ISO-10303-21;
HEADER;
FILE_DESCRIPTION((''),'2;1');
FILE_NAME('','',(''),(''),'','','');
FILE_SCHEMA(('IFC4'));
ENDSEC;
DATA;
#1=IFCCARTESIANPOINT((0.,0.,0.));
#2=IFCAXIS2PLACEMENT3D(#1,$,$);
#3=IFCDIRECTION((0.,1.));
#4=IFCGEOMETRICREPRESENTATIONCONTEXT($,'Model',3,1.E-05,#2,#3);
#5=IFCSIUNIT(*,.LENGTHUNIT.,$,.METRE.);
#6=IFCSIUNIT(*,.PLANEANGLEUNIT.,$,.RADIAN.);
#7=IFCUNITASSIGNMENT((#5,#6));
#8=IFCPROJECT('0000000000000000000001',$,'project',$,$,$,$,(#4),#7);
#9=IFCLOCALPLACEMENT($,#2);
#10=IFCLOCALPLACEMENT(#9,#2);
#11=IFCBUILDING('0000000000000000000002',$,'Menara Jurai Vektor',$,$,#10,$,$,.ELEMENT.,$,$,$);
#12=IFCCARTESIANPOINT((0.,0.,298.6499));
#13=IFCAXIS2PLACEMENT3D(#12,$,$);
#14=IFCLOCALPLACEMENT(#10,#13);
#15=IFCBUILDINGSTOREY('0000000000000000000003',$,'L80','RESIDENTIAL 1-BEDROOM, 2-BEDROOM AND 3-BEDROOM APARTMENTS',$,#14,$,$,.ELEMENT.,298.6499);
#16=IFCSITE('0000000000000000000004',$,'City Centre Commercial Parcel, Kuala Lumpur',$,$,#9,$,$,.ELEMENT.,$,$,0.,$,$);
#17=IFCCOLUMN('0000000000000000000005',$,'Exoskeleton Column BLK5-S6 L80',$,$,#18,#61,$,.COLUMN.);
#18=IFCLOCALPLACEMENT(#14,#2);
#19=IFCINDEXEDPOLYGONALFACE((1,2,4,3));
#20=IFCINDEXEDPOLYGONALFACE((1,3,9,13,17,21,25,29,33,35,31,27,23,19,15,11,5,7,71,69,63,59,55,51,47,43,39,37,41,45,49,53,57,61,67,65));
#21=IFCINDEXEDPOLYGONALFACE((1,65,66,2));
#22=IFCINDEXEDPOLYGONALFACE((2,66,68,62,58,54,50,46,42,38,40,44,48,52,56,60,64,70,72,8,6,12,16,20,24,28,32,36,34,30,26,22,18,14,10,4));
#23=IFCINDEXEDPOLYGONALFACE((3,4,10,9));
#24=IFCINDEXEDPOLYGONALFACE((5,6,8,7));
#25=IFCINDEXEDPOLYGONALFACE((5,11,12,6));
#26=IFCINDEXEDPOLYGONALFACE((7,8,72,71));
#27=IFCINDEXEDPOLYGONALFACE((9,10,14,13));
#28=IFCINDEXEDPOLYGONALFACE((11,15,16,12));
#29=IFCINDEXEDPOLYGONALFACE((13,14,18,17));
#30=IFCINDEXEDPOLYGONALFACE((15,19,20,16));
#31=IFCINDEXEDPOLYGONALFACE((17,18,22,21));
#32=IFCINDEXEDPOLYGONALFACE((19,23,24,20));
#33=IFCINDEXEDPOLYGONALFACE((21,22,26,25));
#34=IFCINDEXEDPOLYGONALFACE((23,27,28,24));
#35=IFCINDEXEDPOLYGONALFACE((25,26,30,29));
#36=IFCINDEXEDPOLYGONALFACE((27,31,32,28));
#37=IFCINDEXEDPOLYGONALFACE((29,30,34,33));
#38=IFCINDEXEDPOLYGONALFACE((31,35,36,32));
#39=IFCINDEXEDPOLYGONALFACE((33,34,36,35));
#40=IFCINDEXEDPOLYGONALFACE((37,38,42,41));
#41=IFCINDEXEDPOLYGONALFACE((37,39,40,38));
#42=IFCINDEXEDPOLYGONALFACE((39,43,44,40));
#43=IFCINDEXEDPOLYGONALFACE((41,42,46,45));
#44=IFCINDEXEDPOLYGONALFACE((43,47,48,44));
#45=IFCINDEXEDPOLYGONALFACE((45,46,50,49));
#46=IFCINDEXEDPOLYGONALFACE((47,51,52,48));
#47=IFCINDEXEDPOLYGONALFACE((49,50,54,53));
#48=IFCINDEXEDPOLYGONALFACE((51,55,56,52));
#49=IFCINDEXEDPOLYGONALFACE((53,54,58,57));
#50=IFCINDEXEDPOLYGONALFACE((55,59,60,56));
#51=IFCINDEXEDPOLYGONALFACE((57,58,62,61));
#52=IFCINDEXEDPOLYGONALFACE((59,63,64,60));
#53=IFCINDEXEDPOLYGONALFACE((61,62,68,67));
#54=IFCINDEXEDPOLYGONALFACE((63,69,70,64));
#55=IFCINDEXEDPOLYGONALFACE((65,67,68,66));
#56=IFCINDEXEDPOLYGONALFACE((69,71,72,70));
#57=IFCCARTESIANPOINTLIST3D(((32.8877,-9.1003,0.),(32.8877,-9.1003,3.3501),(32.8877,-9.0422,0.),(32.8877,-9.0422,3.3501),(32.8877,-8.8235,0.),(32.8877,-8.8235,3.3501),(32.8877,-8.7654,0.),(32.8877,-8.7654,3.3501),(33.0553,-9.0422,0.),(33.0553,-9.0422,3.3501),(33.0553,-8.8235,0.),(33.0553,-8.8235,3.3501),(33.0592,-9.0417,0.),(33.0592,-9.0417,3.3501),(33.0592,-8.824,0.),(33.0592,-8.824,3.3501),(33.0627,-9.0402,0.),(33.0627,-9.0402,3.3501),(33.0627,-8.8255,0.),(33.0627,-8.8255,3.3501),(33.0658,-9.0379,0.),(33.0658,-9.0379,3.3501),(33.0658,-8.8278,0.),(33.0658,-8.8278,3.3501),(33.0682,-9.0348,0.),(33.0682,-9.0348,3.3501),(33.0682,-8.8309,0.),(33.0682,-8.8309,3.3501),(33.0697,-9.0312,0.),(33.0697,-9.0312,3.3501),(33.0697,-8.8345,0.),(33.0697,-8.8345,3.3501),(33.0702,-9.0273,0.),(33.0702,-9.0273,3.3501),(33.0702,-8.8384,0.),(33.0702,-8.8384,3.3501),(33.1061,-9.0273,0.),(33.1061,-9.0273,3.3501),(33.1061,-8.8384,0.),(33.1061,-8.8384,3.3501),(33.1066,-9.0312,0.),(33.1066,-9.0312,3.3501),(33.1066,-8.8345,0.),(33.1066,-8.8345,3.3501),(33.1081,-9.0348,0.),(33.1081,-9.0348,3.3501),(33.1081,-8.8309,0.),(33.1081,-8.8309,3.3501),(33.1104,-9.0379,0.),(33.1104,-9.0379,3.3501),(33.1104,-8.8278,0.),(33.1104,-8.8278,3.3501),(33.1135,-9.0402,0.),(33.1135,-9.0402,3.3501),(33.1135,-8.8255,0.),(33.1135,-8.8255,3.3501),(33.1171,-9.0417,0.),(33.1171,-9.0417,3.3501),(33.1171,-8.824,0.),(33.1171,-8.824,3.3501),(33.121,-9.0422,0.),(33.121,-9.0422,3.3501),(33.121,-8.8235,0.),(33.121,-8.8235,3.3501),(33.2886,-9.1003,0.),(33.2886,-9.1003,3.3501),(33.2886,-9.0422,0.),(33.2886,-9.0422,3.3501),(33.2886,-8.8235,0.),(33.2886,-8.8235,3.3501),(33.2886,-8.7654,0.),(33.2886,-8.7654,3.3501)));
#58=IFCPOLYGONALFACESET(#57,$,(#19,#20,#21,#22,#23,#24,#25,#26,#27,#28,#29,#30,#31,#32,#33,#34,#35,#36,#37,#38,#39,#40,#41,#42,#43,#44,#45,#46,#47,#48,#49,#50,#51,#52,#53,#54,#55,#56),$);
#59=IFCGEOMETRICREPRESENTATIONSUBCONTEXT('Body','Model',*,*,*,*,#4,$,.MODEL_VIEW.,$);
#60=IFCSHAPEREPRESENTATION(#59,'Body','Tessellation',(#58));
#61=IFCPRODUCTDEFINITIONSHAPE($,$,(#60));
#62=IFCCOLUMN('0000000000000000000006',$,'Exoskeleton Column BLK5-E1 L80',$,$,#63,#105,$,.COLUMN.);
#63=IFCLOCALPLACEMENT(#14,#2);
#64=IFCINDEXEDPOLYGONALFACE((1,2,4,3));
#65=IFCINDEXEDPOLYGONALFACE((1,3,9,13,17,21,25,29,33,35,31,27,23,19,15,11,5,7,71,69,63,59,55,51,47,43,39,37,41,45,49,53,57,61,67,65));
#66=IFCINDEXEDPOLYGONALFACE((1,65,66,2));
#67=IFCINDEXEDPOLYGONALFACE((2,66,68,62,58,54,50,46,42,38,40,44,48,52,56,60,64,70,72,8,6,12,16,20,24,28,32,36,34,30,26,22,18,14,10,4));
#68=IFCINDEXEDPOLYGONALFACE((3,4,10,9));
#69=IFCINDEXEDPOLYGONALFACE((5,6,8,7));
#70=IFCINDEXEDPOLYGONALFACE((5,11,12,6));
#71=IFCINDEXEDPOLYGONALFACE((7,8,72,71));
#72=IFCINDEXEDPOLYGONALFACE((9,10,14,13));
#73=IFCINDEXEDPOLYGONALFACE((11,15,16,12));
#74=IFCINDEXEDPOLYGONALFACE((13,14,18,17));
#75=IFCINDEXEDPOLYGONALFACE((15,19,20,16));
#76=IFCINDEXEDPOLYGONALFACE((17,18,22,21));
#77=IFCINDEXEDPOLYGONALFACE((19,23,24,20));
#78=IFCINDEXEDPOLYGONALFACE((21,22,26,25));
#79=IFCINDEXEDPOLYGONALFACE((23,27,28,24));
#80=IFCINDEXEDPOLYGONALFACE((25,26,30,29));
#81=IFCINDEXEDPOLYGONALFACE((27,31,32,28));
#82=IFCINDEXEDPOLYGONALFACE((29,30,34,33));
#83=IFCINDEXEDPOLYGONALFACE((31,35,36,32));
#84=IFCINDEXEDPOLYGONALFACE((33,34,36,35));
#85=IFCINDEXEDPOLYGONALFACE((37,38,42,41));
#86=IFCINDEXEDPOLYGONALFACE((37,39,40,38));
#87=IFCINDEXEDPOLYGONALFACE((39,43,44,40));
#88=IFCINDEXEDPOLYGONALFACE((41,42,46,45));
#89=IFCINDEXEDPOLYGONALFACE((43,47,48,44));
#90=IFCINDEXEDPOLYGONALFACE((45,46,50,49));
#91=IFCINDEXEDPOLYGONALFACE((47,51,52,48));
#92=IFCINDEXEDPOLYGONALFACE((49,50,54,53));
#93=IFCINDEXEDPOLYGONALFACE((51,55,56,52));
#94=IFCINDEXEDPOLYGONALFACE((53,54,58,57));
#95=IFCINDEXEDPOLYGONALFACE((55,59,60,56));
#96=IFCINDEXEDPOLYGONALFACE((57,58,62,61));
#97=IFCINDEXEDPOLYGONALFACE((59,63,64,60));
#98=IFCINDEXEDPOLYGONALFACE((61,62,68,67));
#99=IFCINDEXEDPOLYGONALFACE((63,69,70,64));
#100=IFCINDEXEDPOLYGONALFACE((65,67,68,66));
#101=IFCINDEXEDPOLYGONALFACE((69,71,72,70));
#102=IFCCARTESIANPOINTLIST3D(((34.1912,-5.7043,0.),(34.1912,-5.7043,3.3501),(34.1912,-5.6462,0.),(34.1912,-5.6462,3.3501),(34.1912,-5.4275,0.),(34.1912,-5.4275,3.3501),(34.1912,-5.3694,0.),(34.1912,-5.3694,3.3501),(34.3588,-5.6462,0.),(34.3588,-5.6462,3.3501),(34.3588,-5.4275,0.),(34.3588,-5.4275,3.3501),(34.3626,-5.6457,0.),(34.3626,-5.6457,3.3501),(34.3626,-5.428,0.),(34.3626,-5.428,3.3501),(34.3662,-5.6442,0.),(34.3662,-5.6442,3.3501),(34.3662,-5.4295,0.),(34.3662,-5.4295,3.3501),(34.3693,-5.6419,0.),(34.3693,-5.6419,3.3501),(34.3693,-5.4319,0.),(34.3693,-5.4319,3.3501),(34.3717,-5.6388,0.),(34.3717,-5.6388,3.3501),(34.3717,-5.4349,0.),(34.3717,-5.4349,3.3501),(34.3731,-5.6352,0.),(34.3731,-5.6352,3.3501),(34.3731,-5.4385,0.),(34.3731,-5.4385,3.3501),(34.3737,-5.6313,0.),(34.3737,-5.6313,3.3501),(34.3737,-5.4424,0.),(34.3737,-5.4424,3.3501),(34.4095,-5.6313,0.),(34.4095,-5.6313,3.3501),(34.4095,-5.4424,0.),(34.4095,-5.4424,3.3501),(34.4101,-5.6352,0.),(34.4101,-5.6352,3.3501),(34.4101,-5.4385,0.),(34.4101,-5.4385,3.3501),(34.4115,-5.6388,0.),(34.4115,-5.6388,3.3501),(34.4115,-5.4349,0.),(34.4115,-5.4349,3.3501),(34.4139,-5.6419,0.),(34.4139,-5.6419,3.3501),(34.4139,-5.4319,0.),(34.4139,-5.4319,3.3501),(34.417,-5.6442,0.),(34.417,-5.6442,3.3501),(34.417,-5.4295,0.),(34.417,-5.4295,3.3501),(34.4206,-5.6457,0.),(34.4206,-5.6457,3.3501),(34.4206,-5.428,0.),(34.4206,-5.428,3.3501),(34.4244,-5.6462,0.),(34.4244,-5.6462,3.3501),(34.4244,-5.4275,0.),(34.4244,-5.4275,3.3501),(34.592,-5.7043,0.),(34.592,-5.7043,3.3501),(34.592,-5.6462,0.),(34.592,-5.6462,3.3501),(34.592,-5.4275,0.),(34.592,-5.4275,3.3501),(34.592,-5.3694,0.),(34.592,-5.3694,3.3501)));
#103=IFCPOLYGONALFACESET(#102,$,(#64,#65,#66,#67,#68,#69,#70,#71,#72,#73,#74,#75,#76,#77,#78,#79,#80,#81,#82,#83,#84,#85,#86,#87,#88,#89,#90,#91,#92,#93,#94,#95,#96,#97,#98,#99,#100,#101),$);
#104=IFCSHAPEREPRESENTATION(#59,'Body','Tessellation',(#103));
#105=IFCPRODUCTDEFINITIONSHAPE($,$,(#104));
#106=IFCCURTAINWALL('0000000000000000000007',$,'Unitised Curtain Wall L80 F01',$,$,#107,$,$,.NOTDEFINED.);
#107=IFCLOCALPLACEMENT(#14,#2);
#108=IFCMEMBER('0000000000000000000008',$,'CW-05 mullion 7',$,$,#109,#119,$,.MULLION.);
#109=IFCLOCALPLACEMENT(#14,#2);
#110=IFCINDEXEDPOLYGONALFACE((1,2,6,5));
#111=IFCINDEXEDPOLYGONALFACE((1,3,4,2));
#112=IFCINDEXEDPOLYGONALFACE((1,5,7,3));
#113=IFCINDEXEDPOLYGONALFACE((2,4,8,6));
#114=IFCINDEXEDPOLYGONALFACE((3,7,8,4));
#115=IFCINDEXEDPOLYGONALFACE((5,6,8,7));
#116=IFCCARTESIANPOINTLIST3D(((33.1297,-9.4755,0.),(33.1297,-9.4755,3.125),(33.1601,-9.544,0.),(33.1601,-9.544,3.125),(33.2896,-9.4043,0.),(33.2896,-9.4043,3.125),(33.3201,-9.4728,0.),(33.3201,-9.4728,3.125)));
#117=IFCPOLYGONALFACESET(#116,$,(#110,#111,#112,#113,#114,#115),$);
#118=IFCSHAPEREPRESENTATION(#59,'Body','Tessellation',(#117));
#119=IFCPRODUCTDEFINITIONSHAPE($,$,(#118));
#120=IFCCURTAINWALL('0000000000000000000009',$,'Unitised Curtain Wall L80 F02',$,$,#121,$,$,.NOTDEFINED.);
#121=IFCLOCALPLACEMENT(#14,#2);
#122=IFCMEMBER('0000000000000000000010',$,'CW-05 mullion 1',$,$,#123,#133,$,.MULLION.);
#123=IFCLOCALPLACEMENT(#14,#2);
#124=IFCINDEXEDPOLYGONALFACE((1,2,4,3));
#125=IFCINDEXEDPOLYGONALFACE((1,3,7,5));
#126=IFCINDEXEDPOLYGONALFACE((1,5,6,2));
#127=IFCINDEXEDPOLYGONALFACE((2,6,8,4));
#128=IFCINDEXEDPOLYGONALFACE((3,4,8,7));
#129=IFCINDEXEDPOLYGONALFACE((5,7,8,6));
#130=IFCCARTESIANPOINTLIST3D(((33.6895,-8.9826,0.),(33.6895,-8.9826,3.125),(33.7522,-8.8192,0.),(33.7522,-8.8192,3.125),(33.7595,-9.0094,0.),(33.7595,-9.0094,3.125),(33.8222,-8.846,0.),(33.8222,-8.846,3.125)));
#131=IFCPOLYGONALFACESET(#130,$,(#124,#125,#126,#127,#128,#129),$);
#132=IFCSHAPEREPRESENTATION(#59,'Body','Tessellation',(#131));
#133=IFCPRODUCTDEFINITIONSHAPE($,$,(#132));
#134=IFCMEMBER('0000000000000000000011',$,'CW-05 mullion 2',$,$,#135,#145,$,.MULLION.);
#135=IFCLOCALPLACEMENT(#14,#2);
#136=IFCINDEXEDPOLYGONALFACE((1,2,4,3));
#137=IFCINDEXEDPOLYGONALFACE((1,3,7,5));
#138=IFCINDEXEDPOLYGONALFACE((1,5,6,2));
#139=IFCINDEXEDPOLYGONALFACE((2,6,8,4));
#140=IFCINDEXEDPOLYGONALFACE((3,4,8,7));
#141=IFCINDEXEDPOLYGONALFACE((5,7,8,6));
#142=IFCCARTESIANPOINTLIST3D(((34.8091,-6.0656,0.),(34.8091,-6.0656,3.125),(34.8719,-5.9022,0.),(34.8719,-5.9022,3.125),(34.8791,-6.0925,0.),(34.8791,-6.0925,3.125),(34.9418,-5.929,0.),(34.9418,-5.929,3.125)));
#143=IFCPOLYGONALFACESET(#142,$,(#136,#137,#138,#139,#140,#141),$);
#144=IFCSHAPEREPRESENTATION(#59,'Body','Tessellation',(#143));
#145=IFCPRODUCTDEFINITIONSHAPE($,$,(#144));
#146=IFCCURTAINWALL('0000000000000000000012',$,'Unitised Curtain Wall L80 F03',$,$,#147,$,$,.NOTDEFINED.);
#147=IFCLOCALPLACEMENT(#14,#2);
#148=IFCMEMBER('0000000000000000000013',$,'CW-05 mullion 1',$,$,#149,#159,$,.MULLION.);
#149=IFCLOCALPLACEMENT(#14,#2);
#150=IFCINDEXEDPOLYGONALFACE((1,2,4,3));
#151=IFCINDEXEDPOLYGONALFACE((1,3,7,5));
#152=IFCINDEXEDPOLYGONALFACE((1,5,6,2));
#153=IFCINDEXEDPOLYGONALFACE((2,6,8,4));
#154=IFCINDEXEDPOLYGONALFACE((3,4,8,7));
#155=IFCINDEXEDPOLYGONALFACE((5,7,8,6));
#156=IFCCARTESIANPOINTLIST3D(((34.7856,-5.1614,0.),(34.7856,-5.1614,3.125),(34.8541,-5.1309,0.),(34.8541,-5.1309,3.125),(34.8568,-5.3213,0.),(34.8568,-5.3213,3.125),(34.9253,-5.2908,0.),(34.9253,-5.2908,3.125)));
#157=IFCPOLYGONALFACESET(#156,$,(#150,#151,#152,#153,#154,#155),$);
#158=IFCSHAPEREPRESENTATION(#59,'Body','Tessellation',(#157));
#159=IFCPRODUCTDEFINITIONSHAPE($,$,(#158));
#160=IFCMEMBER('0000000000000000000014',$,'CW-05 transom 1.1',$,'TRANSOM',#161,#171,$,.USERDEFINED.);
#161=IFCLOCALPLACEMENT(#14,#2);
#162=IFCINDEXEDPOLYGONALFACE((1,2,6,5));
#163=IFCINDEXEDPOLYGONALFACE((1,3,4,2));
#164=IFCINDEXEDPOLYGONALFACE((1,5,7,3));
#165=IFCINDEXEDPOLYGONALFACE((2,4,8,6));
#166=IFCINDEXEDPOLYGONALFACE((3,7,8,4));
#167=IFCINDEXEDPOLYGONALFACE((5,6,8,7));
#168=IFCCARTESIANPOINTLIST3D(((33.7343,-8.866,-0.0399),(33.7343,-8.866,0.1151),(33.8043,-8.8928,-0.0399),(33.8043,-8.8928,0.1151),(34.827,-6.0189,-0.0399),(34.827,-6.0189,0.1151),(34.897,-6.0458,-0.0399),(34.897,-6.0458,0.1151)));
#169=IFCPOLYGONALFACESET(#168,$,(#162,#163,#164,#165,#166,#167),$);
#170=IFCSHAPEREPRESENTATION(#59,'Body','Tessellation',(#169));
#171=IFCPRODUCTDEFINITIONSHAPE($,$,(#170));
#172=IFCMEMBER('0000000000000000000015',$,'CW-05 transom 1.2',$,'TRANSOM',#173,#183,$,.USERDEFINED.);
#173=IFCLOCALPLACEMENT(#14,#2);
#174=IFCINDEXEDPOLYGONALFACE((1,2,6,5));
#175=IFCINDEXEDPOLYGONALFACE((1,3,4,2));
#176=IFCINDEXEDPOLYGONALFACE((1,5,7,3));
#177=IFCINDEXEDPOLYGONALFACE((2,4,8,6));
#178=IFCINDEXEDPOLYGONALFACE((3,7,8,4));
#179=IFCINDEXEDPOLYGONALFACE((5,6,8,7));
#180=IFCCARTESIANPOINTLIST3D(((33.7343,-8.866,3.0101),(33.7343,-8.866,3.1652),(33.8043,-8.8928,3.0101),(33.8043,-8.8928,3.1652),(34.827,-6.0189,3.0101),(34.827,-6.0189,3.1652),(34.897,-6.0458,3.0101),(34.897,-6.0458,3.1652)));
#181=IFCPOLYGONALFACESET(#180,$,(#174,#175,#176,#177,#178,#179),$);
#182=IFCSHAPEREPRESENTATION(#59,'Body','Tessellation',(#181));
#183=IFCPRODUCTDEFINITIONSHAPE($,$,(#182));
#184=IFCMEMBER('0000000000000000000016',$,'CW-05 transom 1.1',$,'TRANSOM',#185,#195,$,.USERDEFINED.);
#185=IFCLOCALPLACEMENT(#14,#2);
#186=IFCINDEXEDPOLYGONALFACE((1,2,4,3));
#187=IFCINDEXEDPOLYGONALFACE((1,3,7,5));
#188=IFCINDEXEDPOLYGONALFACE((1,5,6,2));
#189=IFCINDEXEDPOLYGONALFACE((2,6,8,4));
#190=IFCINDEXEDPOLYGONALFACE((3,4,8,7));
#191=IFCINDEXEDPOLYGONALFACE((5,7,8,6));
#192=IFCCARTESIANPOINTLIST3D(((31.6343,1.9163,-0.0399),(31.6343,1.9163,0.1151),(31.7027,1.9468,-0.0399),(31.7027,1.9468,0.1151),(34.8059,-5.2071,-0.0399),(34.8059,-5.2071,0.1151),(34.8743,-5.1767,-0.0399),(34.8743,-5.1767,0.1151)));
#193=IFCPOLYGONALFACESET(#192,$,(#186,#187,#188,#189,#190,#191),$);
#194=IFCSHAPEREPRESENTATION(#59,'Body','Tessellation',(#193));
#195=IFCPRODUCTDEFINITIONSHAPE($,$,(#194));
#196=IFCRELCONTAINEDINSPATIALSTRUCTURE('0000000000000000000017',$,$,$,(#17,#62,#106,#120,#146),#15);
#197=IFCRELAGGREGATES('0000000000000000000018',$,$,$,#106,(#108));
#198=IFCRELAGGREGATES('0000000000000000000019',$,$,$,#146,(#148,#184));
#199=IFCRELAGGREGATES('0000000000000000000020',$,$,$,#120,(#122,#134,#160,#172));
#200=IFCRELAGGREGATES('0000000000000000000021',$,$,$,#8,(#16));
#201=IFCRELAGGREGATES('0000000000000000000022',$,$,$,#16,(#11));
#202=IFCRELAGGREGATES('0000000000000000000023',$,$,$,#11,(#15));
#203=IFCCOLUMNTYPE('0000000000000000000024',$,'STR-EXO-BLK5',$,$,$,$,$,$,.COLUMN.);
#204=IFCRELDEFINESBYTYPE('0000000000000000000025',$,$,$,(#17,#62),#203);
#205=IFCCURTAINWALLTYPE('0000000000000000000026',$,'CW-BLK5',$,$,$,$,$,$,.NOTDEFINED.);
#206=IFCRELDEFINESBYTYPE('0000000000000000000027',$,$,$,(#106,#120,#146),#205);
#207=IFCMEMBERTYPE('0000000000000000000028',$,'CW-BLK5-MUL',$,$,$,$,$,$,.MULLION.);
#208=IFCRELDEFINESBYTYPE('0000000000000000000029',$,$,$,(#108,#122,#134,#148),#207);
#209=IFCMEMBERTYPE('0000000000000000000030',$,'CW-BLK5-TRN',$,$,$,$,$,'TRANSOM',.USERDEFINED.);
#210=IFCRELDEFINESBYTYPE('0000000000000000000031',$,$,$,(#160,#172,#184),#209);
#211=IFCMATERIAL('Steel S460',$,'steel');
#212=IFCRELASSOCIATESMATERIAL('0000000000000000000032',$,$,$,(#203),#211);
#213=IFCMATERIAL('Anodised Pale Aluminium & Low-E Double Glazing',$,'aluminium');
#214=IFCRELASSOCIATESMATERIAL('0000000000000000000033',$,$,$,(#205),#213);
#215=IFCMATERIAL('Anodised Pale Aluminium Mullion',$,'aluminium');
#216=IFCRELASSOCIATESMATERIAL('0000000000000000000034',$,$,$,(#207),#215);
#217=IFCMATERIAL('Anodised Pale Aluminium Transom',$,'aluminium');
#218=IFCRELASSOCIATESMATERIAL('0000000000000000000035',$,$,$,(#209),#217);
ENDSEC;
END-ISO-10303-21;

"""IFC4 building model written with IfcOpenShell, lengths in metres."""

from ifc_helpers import new_model, si_unit, direction, frame, origin, origin_2d, place, context, subcontext, project, spatial, rectangle, i_section, extrude, material, material_profile, profile_set, type_object, element, aggregate, save


model = new_model("IFC4")

# Units and contexts
model_context = context("Model", 3, precision=1e-05, world=origin(), true_north=direction((0.0, 1.0)))
body_context = subcontext(model_context, "Body", "Model", "MODEL_VIEW")
ifc_project = project(units=[si_unit("LENGTHUNIT", "METRE"), si_unit("PLANEANGLEUNIT", "RADIAN")], contexts=[model_context])

# Site, building, storey
site_placement = place(None, origin())
site = spatial("IfcSite", under=ifc_project, at=site_placement, Name="City Centre Commercial Parcel, Kuala Lumpur", CompositionType="ELEMENT", RefElevation=0.0)
building_placement = place(site_placement, origin())
building = spatial("IfcBuilding", under=site, at=building_placement, Name="Menara Jurai Vektor", CompositionType="ELEMENT")
storey_placement = place(building_placement, frame((0.0, 0.0, 298.6499)))
storey = spatial("IfcBuildingStorey", under=building, at=storey_placement, Name="L80", Description="RESIDENTIAL 1-BEDROOM, 2-BEDROOM AND 3-BEDROOM APARTMENTS", CompositionType="ELEMENT", Elevation=298.6499)

# Columns
ifc_material_1 = material(Name="Steel S460", Category="steel")
ifc_material_profile_1 = material_profile(ifc_material_1, i_section(OverallWidth=0.4009, OverallDepth=0.335, WebThickness=0.0359, FlangeThickness=0.0581, FilletRadius=0.0149, at=origin_2d()), Name="HD 400x463")
ifc_profile_set_1 = profile_set([ifc_material_profile_1], Name="Steel S460")
column_type = type_object("IfcColumnType", Name="STR-EXO-BLK5", PredefinedType="COLUMN", material=ifc_profile_set_1)
for number, where, z_axis, x_axis, name in (
    (1, (33.0881, -8.9329, 0.0), (0.0, 0.0, 1.0), (1.0, 0.0, 0.0), "Exoskeleton Column BLK5-S6 L80"),
    (2, (34.3916, -5.5369, 0.0), (0.0, 0.0, 1.0), (1.0, 0.0, 0.0), "Exoskeleton Column BLK5-E1 L80"),
):
    element("IfcColumn", number, at=place(storey_placement, frame(where, z_axis=z_axis, x_axis=x_axis)), inside=storey, type_object=column_type, Name=name, PredefinedType="COLUMN", context=body_context, shape_type="SweptSolid", body=[
        extrude(i_section(OverallWidth=0.4009, OverallDepth=0.335, WebThickness=0.0359, FlangeThickness=0.0581, FilletRadius=0.0149, at=origin_2d()), origin(), (0.0, 0.0, 1.0), 3.3501),
    ])

# Curtain wall, member
ifc_material_2 = material(Name="Anodised Pale Aluminium & Low-E Double Glazing", Category="aluminium")
curtain_wall_type = type_object("IfcCurtainWallType", Name="CW-BLK5", PredefinedType="NOTDEFINED", material=ifc_material_2)
curtain_wall_1_placement = place(storey_placement, origin())
curtain_wall_1 = element("IfcCurtainWall", 3, at=curtain_wall_1_placement, inside=storey, type_object=curtain_wall_type, Name="Unitised Curtain Wall L80 F01", PredefinedType="NOTDEFINED")
ifc_material_3 = material(Name="Anodised Pale Aluminium Mullion", Category="aluminium")
ifc_material_profile_2 = material_profile(ifc_material_3, rectangle(XDim=0.075, YDim=0.175, at=origin_2d()), Name="ALU MUL 75x175")
ifc_profile_set_2 = profile_set([ifc_material_profile_2], Name="Anodised Pale Aluminium Mullion")
member_type_1 = type_object("IfcMemberType", Name="CW-BLK5-MUL", PredefinedType="MULLION", material=ifc_profile_set_2)
member_1_placement = place(storey_placement, frame((33.2249, -9.4741, 0.0), z_axis=(0.0, 0.0, 1.0), x_axis=(-0.406735, 0.913546, 0.0)))
member_1 = element("IfcMember", 4, at=member_1_placement, type_object=member_type_1, Name="CW-05 mullion 7", PredefinedType="MULLION", context=body_context, shape_type="SweptSolid", body=[
    extrude(rectangle(XDim=0.075, YDim=0.175, at=origin_2d()), origin(), (0.0, 0.0, 1.0), 3.125),
])

# Curtain wall, members
curtain_wall_2_placement = place(storey_placement, origin())
curtain_wall_2 = element("IfcCurtainWall", 5, at=curtain_wall_2_placement, inside=storey, type_object=curtain_wall_type, Name="Unitised Curtain Wall L80 F02", PredefinedType="NOTDEFINED")
member_2_placement = place(storey_placement, frame((33.7559, -8.9143, 0.0), z_axis=(0.0, 0.0, 1.0), x_axis=(-0.933578, 0.358374, 0.0)))
member_2 = element("IfcMember", 6, at=member_2_placement, type_object=member_type_1, Name="CW-05 mullion 1", PredefinedType="MULLION", context=body_context, shape_type="SweptSolid", body=[
    extrude(rectangle(XDim=0.075, YDim=0.175, at=origin_2d()), origin(), (0.0, 0.0, 1.0), 3.125),
])
member_3_placement = place(storey_placement, frame((34.8755, -5.9973, 0.0), z_axis=(0.0, 0.0, 1.0), x_axis=(-0.933578, 0.358374, 0.0)))
member_3 = element("IfcMember", 7, at=member_3_placement, type_object=member_type_1, Name="CW-05 mullion 2", PredefinedType="MULLION", context=body_context, shape_type="SweptSolid", body=[
    extrude(rectangle(XDim=0.075, YDim=0.175, at=origin_2d()), origin(), (0.0, 0.0, 1.0), 3.125),
])

# Curtain wall, member
curtain_wall_3_placement = place(storey_placement, origin())
curtain_wall_3 = element("IfcCurtainWall", 8, at=curtain_wall_3_placement, inside=storey, type_object=curtain_wall_type, Name="Unitised Curtain Wall L80 F03", PredefinedType="NOTDEFINED")
member_4_placement = place(storey_placement, frame((34.8555, -5.2261, 0.0), z_axis=(0.0, 0.0, 1.0), x_axis=(-0.913546, -0.406735, 0.0)))
member_4 = element("IfcMember", 9, at=member_4_placement, type_object=member_type_1, Name="CW-05 mullion 1", PredefinedType="MULLION", context=body_context, shape_type="SweptSolid", body=[
    extrude(rectangle(XDim=0.075, YDim=0.175, at=origin_2d()), origin(), (0.0, 0.0, 1.0), 3.125),
])

# Members
ifc_material_4 = material(Name="Anodised Pale Aluminium Transom", Category="aluminium")
ifc_material_profile_3 = material_profile(ifc_material_4, rectangle(XDim=0.075, YDim=0.155, at=origin_2d()), Name="ALU TRN 75x155")
ifc_profile_set_3 = profile_set([ifc_material_profile_3], Name="Anodised Pale Aluminium Transom")
member_type_2 = type_object("IfcMemberType", Name="CW-BLK5-TRN", ElementType="TRANSOM", PredefinedType="USERDEFINED", material=ifc_profile_set_3)
member_5_placement = place(storey_placement, frame((33.7693, -8.8794, 0.0376), z_axis=(0.358325, 0.933597, 0.0), x_axis=(-0.933597, 0.358325, 0.0)))
member_5 = element("IfcMember", 10, at=member_5_placement, type_object=member_type_2, Name="CW-05 transom 1.1", ObjectType="TRANSOM", PredefinedType="USERDEFINED", context=body_context, shape_type="SweptSolid", body=[
    extrude(rectangle(XDim=0.075, YDim=0.155, at=origin_2d()), origin(), (0.0, 0.0, 1.0), 3.0496),
])
member_6_placement = place(storey_placement, frame((33.7693, -8.8794, 3.0876), z_axis=(0.358325, 0.933597, 0.0), x_axis=(-0.933597, 0.358325, 0.0)))
member_6 = element("IfcMember", 11, at=member_6_placement, type_object=member_type_2, Name="CW-05 transom 1.2", ObjectType="TRANSOM", PredefinedType="USERDEFINED", context=body_context, shape_type="SweptSolid", body=[
    extrude(rectangle(XDim=0.075, YDim=0.155, at=origin_2d()), origin(), (0.0, 0.0, 1.0), 3.0496),
])
member_7_placement = place(storey_placement, frame((34.8401, -5.1919, 0.0376), z_axis=(-0.40674, 0.913544, 0.0), x_axis=(-0.913544, -0.40674, 0.0)))
member_7 = element("IfcMember", 12, at=member_7_placement, type_object=member_type_2, Name="CW-05 transom 1.1", ObjectType="TRANSOM", PredefinedType="USERDEFINED", context=body_context, shape_type="SweptSolid", body=[
    extrude(rectangle(XDim=0.075, YDim=0.155, at=origin_2d()), origin(), (0.0, 0.0, 1.0), 7.7976),
])

aggregate(curtain_wall_1, [member_1])
aggregate(curtain_wall_3, [member_4, member_7])
aggregate(curtain_wall_2, [member_2, member_3, member_5, member_6])

save(model, "model.ifc")
